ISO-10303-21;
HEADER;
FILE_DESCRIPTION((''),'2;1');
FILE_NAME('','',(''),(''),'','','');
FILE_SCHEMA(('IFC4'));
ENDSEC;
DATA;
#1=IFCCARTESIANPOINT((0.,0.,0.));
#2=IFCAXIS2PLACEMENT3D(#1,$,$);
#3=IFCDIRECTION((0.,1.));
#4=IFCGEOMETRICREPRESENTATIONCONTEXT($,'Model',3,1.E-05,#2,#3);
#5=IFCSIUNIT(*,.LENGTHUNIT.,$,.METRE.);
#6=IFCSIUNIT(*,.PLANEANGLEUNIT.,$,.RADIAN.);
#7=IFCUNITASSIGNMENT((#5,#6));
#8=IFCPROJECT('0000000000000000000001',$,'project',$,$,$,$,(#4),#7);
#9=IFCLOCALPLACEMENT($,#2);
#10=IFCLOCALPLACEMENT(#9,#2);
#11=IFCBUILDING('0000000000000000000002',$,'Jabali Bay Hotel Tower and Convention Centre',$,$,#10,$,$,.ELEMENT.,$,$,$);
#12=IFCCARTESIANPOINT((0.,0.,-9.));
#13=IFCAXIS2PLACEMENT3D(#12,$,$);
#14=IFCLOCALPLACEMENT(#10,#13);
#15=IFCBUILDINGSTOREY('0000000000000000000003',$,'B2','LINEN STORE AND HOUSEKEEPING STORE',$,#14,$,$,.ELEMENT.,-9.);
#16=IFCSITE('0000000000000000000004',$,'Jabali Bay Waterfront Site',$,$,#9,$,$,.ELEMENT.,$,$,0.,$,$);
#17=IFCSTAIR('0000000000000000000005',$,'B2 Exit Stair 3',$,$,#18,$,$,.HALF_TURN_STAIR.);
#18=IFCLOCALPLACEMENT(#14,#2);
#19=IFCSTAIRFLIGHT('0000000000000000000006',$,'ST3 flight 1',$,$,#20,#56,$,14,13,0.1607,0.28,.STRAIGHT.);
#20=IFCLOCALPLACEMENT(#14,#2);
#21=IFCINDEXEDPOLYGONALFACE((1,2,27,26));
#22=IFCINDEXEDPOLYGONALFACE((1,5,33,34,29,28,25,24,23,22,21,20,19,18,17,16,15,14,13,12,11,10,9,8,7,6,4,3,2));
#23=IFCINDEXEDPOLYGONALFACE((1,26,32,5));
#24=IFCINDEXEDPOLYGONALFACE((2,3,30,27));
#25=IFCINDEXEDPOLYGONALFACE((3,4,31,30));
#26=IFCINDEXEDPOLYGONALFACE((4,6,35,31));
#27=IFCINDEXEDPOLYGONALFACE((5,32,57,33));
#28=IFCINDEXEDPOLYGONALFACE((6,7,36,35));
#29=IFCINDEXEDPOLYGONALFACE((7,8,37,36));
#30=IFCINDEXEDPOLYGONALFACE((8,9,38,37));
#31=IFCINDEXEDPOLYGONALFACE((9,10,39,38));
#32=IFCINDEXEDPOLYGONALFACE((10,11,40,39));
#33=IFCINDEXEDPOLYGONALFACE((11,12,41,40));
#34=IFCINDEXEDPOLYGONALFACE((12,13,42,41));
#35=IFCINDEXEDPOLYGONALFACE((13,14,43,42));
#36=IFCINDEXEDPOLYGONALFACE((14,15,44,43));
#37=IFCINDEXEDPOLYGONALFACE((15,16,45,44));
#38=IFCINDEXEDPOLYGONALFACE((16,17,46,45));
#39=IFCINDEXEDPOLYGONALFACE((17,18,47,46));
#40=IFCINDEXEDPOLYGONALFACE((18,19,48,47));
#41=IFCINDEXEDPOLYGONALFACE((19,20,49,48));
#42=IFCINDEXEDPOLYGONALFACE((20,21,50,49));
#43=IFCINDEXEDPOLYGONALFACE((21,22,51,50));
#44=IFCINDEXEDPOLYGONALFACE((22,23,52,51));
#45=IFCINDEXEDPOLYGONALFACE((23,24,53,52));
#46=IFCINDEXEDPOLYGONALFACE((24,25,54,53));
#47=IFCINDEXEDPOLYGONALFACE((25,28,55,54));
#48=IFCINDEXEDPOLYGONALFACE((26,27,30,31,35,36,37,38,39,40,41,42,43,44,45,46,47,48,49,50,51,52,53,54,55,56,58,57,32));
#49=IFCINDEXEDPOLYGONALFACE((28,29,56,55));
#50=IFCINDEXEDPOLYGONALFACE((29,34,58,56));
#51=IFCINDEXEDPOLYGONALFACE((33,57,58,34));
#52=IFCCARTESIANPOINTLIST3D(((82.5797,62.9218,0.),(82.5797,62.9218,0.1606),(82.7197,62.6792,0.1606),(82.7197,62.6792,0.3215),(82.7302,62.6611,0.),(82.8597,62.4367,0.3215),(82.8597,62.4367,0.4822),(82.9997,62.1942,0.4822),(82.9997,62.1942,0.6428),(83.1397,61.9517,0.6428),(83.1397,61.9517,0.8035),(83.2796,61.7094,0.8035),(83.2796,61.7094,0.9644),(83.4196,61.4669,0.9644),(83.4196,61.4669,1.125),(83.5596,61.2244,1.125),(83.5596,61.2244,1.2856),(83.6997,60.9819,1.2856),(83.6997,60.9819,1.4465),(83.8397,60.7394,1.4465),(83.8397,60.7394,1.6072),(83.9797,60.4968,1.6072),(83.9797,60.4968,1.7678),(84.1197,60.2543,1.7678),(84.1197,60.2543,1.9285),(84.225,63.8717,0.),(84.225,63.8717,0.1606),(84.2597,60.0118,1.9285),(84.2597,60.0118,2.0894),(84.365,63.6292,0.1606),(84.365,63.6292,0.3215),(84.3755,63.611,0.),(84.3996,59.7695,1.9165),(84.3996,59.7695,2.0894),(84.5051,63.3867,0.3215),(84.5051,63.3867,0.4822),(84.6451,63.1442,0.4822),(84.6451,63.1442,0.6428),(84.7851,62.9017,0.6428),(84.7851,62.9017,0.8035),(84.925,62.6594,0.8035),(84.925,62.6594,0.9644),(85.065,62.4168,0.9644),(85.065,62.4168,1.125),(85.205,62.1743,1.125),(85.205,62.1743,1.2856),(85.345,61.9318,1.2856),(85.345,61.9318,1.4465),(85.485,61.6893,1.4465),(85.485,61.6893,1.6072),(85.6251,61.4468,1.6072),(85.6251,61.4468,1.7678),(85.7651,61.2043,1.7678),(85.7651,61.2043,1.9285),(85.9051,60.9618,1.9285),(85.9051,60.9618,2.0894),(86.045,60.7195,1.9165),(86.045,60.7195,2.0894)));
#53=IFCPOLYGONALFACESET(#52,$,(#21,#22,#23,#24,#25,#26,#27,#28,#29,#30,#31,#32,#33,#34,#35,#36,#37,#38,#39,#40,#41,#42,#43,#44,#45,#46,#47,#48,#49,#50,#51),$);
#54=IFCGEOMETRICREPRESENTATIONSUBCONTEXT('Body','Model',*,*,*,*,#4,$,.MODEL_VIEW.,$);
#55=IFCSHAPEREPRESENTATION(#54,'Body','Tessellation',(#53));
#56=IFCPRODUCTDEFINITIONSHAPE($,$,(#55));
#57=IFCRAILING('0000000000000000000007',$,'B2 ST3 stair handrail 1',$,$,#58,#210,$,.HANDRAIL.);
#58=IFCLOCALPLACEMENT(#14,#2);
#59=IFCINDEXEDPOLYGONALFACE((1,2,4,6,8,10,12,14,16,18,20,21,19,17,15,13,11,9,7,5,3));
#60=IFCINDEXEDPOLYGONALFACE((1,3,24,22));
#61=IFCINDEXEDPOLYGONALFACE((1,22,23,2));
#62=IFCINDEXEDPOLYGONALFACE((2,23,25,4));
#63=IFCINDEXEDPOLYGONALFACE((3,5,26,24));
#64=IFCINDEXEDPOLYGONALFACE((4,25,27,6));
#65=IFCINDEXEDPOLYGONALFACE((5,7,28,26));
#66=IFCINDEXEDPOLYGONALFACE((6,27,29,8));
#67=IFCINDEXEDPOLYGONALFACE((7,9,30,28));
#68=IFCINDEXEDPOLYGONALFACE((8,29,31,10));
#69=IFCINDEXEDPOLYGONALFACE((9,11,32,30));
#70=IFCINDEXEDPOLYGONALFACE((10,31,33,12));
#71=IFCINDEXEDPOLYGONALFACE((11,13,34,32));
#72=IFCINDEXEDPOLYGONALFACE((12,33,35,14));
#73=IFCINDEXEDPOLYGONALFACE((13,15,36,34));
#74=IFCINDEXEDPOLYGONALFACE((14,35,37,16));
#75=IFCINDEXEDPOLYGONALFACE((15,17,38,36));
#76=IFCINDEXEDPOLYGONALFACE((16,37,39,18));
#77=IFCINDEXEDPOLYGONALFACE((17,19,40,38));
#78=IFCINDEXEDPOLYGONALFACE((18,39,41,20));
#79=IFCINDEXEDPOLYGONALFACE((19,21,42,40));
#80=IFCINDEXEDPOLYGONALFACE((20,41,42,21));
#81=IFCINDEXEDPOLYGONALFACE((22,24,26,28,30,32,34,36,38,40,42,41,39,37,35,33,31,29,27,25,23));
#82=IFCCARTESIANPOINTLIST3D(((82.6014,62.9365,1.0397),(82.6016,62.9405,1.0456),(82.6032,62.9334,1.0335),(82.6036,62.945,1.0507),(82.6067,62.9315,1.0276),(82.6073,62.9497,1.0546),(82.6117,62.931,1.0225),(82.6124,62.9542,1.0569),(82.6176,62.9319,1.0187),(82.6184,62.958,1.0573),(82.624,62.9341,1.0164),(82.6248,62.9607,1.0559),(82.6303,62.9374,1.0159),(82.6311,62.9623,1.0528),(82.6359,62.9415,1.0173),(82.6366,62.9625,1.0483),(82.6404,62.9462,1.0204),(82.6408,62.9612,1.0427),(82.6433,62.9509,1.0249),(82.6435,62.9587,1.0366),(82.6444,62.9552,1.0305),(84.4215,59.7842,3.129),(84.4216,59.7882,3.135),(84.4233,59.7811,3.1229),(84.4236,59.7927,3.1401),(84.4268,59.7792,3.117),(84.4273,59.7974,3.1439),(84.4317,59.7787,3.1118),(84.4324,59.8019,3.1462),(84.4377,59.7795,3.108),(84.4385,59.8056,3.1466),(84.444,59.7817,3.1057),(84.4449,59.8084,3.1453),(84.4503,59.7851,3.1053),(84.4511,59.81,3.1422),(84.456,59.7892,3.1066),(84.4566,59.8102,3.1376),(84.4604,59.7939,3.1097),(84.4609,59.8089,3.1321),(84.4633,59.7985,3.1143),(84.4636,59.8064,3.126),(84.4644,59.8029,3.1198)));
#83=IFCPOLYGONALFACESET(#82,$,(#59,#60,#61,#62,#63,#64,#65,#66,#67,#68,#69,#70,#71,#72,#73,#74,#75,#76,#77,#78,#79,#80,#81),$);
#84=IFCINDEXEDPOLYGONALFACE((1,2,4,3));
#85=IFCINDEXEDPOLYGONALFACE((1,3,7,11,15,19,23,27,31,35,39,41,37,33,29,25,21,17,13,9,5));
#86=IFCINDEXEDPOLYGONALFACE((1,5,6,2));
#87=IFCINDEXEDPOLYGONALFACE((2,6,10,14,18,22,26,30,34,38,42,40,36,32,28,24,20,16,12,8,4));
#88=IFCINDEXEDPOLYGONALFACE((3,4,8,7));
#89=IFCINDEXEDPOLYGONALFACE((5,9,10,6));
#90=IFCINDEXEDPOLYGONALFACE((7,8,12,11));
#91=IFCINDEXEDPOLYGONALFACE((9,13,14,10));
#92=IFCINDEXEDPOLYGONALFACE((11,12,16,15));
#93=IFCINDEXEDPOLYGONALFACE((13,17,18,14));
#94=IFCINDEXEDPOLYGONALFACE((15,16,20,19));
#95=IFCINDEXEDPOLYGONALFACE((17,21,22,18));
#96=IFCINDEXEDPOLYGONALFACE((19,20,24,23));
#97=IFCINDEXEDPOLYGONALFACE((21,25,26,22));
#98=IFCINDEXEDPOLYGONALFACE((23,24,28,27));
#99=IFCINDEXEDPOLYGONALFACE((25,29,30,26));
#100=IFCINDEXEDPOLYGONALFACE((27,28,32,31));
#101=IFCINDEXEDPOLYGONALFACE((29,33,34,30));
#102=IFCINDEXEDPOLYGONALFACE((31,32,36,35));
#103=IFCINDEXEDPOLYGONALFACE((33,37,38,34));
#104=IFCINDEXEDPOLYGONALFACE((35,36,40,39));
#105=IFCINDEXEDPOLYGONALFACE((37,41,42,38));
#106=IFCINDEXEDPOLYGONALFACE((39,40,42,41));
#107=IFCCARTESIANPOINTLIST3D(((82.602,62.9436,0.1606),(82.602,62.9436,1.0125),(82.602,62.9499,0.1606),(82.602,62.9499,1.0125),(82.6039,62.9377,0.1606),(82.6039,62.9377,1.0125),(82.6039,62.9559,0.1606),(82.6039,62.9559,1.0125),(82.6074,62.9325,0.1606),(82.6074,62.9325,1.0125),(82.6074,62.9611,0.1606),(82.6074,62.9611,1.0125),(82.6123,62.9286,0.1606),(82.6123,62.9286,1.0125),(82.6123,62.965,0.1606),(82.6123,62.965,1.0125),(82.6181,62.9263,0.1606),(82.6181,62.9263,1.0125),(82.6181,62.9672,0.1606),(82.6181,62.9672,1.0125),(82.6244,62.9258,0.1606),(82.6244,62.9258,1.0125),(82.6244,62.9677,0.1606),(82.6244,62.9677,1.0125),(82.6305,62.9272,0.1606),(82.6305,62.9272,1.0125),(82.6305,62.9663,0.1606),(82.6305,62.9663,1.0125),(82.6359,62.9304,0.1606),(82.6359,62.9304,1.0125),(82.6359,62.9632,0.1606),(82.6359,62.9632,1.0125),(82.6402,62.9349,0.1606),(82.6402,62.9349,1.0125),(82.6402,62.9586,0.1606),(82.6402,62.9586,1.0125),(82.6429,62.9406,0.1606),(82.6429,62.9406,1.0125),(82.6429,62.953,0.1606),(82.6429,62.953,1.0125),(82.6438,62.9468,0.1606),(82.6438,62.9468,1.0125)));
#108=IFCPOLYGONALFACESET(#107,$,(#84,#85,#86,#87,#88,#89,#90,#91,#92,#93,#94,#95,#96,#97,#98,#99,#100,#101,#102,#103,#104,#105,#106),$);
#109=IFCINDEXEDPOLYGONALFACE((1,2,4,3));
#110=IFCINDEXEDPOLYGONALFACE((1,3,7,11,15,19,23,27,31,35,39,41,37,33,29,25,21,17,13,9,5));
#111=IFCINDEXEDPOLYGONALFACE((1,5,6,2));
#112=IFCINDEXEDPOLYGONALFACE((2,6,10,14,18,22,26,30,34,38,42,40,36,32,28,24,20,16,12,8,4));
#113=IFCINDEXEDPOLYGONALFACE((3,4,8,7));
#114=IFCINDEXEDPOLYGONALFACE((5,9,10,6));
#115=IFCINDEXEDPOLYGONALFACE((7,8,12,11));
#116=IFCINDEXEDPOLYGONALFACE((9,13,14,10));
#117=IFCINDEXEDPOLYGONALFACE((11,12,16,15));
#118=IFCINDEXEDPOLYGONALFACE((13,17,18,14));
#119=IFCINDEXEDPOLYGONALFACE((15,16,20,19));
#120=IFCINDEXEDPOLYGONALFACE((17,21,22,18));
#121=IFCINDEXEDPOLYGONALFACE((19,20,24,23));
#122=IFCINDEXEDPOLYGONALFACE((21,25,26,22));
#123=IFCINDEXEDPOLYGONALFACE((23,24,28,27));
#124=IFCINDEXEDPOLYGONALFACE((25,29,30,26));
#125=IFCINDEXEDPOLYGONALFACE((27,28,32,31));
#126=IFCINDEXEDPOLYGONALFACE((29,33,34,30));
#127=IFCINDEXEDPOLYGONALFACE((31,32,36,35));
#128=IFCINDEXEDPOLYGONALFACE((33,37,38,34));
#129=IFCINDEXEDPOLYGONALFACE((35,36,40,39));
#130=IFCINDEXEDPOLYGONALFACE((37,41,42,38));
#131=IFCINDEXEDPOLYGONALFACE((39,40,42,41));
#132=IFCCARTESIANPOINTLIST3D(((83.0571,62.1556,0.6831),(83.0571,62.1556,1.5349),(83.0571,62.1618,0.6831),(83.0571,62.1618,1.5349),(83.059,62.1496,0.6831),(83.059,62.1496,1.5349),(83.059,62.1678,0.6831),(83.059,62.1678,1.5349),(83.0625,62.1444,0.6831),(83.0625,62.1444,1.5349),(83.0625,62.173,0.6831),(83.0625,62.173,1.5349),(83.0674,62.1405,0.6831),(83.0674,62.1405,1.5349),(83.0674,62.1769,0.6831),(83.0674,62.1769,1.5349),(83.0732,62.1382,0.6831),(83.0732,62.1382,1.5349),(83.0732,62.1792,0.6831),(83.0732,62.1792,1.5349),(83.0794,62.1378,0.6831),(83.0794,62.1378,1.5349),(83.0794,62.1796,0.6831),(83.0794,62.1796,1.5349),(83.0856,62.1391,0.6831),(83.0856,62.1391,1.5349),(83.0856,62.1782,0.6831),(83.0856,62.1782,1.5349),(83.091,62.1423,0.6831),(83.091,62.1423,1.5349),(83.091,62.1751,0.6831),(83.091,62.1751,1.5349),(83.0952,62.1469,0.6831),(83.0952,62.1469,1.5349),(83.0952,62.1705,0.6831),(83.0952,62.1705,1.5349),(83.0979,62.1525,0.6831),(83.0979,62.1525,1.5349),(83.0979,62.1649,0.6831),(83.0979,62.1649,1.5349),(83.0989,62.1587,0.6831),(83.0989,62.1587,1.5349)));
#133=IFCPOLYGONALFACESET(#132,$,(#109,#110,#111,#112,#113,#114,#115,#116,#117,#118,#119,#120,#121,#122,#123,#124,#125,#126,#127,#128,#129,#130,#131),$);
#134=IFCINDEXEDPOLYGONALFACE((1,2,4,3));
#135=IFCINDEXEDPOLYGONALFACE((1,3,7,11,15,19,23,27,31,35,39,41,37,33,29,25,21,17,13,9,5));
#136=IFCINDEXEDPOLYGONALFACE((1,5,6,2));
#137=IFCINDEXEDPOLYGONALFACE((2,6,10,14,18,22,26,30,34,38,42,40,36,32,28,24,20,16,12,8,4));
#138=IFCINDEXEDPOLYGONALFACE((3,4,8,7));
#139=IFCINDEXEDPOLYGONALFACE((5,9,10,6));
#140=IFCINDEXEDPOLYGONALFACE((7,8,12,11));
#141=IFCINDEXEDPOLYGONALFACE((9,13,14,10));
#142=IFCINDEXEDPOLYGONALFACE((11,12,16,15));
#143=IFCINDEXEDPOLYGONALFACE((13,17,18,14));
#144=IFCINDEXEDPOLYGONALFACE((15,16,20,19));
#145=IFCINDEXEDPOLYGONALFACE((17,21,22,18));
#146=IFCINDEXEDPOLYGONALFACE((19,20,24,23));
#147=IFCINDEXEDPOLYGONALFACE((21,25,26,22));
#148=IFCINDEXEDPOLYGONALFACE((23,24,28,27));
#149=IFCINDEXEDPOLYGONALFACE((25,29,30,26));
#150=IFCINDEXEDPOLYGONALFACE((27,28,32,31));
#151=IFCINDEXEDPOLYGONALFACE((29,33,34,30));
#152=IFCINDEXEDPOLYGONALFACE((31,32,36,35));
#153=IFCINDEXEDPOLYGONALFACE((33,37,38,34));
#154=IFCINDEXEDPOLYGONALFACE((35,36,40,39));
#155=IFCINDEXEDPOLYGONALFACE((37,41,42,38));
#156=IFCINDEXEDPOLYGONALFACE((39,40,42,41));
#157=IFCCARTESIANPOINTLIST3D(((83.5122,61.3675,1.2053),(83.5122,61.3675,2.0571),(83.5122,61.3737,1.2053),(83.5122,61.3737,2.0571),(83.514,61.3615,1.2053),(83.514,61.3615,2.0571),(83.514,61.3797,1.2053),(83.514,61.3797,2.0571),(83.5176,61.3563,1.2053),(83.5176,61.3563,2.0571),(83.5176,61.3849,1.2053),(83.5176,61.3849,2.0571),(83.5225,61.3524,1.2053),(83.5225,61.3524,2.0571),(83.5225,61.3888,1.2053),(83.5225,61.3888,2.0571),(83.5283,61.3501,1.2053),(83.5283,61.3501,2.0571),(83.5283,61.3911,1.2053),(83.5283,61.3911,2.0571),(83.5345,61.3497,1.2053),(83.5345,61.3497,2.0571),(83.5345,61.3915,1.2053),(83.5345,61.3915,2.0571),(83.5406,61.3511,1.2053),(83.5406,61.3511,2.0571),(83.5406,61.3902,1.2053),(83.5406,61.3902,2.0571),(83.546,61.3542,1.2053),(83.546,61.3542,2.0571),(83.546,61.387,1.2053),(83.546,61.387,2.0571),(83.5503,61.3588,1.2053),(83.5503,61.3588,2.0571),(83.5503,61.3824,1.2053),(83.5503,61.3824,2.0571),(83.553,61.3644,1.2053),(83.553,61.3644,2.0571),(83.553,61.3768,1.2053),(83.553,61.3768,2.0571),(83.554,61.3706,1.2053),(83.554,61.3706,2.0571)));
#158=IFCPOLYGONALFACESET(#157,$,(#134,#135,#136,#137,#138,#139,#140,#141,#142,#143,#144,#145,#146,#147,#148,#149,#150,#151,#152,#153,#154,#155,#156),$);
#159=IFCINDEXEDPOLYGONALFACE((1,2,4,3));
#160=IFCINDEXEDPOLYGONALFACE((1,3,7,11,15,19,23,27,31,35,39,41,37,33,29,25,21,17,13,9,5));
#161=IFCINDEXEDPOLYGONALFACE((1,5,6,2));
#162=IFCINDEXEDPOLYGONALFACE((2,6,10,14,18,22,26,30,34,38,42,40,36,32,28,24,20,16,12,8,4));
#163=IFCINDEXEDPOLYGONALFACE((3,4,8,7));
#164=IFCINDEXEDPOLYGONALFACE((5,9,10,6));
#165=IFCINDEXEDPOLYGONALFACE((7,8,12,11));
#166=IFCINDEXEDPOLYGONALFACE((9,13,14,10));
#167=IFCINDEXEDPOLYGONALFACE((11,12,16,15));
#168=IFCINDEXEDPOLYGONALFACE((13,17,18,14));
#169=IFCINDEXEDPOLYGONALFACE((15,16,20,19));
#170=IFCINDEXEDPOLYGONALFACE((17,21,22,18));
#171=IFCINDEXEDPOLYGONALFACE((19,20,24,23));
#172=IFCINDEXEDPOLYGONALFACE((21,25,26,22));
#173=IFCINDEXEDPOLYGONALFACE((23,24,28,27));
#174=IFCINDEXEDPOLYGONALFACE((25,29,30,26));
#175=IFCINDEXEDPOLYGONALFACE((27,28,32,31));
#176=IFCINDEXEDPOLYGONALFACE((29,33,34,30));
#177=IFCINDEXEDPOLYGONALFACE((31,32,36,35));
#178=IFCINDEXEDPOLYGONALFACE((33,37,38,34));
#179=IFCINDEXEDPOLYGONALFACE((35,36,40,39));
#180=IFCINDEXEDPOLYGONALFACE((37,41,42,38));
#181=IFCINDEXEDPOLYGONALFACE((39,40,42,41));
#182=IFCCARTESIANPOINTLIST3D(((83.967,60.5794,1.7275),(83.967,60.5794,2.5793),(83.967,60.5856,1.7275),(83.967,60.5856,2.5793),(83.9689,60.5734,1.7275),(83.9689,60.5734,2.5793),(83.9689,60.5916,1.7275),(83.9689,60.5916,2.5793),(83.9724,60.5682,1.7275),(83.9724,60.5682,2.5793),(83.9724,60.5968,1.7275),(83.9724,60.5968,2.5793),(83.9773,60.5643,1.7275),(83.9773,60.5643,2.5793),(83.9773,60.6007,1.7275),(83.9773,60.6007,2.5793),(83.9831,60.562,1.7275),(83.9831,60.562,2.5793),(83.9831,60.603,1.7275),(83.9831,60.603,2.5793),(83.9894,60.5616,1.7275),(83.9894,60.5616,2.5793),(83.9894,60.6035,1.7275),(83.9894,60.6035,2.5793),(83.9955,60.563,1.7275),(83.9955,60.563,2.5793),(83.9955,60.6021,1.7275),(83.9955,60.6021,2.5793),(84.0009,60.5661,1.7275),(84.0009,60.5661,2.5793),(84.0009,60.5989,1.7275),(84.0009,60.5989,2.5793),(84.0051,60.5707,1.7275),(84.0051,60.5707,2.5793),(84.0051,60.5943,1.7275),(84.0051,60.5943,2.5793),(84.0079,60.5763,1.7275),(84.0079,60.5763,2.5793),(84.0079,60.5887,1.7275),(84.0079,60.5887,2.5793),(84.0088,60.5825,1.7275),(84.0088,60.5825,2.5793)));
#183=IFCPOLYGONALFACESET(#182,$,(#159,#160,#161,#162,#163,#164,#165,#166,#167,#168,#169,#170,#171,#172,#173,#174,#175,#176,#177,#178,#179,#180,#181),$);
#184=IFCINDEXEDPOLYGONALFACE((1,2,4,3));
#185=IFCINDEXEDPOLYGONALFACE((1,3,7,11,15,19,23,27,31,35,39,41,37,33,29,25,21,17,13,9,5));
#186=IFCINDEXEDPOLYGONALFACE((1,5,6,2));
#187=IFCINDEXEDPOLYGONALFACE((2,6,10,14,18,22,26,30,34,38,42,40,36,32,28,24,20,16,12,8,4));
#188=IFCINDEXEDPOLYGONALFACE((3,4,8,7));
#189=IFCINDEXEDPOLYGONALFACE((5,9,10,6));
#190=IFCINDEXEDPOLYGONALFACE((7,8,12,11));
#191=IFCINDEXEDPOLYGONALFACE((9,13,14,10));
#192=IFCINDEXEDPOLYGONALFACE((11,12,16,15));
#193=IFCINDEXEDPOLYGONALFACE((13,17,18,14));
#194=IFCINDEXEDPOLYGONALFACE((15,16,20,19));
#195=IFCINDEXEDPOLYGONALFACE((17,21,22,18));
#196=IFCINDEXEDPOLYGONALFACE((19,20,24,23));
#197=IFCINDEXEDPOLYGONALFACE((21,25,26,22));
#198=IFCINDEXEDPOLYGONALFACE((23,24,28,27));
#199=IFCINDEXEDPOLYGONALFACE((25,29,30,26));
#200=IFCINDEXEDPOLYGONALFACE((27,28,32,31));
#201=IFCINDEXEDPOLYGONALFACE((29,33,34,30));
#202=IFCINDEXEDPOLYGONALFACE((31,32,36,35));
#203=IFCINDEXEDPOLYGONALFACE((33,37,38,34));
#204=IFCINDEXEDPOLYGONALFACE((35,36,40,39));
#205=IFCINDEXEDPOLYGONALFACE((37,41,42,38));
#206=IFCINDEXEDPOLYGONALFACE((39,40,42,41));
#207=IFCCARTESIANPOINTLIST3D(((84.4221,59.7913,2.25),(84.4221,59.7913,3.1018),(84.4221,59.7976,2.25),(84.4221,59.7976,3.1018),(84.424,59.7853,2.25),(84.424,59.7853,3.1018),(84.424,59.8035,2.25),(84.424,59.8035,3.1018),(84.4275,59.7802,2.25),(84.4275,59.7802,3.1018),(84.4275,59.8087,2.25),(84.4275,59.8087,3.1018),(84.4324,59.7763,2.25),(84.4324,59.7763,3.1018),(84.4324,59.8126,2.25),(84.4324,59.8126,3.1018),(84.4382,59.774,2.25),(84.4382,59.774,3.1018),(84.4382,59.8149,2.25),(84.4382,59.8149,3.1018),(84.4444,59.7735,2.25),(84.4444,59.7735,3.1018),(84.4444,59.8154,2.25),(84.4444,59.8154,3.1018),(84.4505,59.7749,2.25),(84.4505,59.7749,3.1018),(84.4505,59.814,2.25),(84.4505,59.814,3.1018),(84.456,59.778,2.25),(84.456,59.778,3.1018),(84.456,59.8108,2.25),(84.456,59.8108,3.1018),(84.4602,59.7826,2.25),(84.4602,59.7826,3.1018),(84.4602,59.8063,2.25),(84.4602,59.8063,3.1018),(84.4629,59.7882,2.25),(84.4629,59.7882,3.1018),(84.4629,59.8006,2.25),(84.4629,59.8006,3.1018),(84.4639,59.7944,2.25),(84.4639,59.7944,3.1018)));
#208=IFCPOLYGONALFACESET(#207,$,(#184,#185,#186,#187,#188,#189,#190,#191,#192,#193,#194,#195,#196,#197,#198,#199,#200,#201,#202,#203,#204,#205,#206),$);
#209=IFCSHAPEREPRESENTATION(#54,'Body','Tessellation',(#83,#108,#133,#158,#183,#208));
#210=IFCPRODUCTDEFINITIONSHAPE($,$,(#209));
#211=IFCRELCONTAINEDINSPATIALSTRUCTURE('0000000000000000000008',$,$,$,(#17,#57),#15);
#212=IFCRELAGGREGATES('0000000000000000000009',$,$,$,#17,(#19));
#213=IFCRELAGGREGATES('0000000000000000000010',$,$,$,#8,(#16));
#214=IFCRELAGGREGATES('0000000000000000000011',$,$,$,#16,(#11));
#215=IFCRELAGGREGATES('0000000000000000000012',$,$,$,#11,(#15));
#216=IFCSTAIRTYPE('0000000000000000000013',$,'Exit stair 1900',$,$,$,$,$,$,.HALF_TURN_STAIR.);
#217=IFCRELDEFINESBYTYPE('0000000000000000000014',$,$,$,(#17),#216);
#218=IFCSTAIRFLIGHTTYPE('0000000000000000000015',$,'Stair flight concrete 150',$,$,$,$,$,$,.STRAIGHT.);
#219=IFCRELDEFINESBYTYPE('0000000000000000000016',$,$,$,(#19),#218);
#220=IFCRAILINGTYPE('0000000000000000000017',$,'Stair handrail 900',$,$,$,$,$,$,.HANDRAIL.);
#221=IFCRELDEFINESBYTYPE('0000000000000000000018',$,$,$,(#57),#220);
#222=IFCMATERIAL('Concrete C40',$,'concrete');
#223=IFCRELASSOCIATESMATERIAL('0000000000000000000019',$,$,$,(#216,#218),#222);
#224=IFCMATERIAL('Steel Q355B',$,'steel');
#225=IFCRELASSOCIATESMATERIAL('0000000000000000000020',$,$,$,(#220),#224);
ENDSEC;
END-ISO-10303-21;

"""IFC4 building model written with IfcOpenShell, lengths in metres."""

from ifc_helpers import new_model, si_unit, direction, frame, origin, origin_2d, place, context, subcontext, project, spatial, polyline, circle, outline, extrude, material, type_object, element, aggregate, save


model = new_model("IFC4")

# Units and contexts
model_context = context("Model", 3, precision=1e-05, world=origin(), true_north=direction((0.0, 1.0)))
body_context = subcontext(model_context, "Body", "Model", "MODEL_VIEW")
ifc_project = project(units=[si_unit("LENGTHUNIT", "METRE"), si_unit("PLANEANGLEUNIT", "RADIAN")], contexts=[model_context])

# Site, building, storey
site_placement = place(None, origin())
site = spatial("IfcSite", under=ifc_project, at=site_placement, Name="Jabali Bay Waterfront Site", CompositionType="ELEMENT", RefElevation=0.0)
building_placement = place(site_placement, origin())
building = spatial("IfcBuilding", under=site, at=building_placement, Name="Jabali Bay Hotel Tower and Convention Centre", CompositionType="ELEMENT")
storey_placement = place(building_placement, frame((0.0, 0.0, -9.0)))
storey = spatial("IfcBuildingStorey", under=building, at=storey_placement, Name="B2", Description="LINEN STORE AND HOUSEKEEPING STORE", CompositionType="ELEMENT", Elevation=-9.0)

# Shared definitions
ifc_material_1 = material(Name="Concrete C40", Category="concrete")

# Stair, stair flight
stair_type = type_object("IfcStairType", Name="Exit stair 1900", PredefinedType="HALF_TURN_STAIR", material=ifc_material_1)
stair_placement = place(storey_placement, origin())
stair = element("IfcStair", 1, at=stair_placement, inside=storey, type_object=stair_type, Name="B2 Exit Stair 3", PredefinedType="HALF_TURN_STAIR")
stair_flight_type = type_object("IfcStairFlightType", Name="Stair flight concrete 150", PredefinedType="STRAIGHT", material=ifc_material_1)
stair_flight_placement = place(storey_placement, frame((83.4023, 63.3967, 0.0), z_axis=(0.0, 0.0, 1.0), x_axis=(0.5, -0.866025, 0.0)))
stair_flight = element("IfcStairFlight", 2, at=stair_flight_placement, type_object=stair_flight_type, Name="ST3 flight 1", NumberOfRisers=14, NumberOfTreads=13, PredefinedType="STRAIGHT", RiserHeight=0.1607, TreadLength=0.28, context=body_context, shape_type="SweptSolid", body=[
    extrude(outline(polyline([(0.0, 0.0), (0.0, 0.1606), (0.28, 0.1606), (0.28, 0.3215), (0.5601, 0.3215), (0.5601, 0.4822), (0.8401, 0.4822), (0.8401, 0.6428), (1.1201, 0.6428), (1.1201, 0.8035), (1.3999, 0.8035), (1.3999, 0.9644), (1.6799, 0.9644), (1.6799, 1.125), (1.96, 1.125), (1.96, 1.2856), (2.24, 1.2856), (2.24, 1.4465), (2.52, 1.4465), (2.52, 1.6072), (2.8, 1.6072), (2.8, 1.7678), (3.0801, 1.7678), (3.0801, 1.9285), (3.3601, 1.9285), (3.3601, 2.0894), (3.6399, 2.0894), (3.6399, 2.25), (3.6399, 1.9165), (0.301, 0.0), (0.0, 0.0)])), frame((0.0, 0.95, 0.0), z_axis=(0.0, -1.0, 0.0), x_axis=(1.0, 0.0, 0.0)), (0.0, 0.0, 1.0), 1.8999),
])
aggregate(stair, [stair_flight])

# Railing
ifc_material_2 = material(Name="Steel Q355B", Category="steel")
railing_type_1 = type_object("IfcRailingType", Name="Stair handrail 900", PredefinedType="HANDRAIL", material=ifc_material_2)
railing_1_placement = place(storey_placement, frame((82.6228, 62.9468, 0.1606)))
element("IfcRailing", 3, at=railing_1_placement, inside=storey, type_object=railing_type_1, Name="B2 ST3 stair handrail 1", PredefinedType="HANDRAIL", context=body_context, shape_type="SweptSolid", body=[
    extrude(circle(Radius=0.0239, at=origin_2d()), frame((0.0, 0.0, 0.876), z_axis=(0.433653, -0.751084, 0.497814), x_axis=(0.866018, 0.500013, 0.0)), (0.0, 0.0, 1.0), 4.197),
    extrude(circle(Radius=0.021, at=origin_2d()), origin(), (0.0, 0.0, 1.0), 0.8518),
    extrude(circle(Radius=0.021, at=origin_2d()), frame((0.4551, -0.7881, 0.5225)), (0.0, 0.0, 1.0), 0.8518),
    extrude(circle(Radius=0.021, at=origin_2d()), frame((0.9102, -1.5762, 1.0447)), (0.0, 0.0, 1.0), 0.8518),
    extrude(circle(Radius=0.021, at=origin_2d()), frame((1.365, -2.3643, 1.5669)), (0.0, 0.0, 1.0), 0.8518),
    extrude(circle(Radius=0.021, at=origin_2d()), frame((1.8201, -3.1523, 2.0894)), (0.0, 0.0, 1.0), 0.8518),
])

save(model, "model.ifc")
